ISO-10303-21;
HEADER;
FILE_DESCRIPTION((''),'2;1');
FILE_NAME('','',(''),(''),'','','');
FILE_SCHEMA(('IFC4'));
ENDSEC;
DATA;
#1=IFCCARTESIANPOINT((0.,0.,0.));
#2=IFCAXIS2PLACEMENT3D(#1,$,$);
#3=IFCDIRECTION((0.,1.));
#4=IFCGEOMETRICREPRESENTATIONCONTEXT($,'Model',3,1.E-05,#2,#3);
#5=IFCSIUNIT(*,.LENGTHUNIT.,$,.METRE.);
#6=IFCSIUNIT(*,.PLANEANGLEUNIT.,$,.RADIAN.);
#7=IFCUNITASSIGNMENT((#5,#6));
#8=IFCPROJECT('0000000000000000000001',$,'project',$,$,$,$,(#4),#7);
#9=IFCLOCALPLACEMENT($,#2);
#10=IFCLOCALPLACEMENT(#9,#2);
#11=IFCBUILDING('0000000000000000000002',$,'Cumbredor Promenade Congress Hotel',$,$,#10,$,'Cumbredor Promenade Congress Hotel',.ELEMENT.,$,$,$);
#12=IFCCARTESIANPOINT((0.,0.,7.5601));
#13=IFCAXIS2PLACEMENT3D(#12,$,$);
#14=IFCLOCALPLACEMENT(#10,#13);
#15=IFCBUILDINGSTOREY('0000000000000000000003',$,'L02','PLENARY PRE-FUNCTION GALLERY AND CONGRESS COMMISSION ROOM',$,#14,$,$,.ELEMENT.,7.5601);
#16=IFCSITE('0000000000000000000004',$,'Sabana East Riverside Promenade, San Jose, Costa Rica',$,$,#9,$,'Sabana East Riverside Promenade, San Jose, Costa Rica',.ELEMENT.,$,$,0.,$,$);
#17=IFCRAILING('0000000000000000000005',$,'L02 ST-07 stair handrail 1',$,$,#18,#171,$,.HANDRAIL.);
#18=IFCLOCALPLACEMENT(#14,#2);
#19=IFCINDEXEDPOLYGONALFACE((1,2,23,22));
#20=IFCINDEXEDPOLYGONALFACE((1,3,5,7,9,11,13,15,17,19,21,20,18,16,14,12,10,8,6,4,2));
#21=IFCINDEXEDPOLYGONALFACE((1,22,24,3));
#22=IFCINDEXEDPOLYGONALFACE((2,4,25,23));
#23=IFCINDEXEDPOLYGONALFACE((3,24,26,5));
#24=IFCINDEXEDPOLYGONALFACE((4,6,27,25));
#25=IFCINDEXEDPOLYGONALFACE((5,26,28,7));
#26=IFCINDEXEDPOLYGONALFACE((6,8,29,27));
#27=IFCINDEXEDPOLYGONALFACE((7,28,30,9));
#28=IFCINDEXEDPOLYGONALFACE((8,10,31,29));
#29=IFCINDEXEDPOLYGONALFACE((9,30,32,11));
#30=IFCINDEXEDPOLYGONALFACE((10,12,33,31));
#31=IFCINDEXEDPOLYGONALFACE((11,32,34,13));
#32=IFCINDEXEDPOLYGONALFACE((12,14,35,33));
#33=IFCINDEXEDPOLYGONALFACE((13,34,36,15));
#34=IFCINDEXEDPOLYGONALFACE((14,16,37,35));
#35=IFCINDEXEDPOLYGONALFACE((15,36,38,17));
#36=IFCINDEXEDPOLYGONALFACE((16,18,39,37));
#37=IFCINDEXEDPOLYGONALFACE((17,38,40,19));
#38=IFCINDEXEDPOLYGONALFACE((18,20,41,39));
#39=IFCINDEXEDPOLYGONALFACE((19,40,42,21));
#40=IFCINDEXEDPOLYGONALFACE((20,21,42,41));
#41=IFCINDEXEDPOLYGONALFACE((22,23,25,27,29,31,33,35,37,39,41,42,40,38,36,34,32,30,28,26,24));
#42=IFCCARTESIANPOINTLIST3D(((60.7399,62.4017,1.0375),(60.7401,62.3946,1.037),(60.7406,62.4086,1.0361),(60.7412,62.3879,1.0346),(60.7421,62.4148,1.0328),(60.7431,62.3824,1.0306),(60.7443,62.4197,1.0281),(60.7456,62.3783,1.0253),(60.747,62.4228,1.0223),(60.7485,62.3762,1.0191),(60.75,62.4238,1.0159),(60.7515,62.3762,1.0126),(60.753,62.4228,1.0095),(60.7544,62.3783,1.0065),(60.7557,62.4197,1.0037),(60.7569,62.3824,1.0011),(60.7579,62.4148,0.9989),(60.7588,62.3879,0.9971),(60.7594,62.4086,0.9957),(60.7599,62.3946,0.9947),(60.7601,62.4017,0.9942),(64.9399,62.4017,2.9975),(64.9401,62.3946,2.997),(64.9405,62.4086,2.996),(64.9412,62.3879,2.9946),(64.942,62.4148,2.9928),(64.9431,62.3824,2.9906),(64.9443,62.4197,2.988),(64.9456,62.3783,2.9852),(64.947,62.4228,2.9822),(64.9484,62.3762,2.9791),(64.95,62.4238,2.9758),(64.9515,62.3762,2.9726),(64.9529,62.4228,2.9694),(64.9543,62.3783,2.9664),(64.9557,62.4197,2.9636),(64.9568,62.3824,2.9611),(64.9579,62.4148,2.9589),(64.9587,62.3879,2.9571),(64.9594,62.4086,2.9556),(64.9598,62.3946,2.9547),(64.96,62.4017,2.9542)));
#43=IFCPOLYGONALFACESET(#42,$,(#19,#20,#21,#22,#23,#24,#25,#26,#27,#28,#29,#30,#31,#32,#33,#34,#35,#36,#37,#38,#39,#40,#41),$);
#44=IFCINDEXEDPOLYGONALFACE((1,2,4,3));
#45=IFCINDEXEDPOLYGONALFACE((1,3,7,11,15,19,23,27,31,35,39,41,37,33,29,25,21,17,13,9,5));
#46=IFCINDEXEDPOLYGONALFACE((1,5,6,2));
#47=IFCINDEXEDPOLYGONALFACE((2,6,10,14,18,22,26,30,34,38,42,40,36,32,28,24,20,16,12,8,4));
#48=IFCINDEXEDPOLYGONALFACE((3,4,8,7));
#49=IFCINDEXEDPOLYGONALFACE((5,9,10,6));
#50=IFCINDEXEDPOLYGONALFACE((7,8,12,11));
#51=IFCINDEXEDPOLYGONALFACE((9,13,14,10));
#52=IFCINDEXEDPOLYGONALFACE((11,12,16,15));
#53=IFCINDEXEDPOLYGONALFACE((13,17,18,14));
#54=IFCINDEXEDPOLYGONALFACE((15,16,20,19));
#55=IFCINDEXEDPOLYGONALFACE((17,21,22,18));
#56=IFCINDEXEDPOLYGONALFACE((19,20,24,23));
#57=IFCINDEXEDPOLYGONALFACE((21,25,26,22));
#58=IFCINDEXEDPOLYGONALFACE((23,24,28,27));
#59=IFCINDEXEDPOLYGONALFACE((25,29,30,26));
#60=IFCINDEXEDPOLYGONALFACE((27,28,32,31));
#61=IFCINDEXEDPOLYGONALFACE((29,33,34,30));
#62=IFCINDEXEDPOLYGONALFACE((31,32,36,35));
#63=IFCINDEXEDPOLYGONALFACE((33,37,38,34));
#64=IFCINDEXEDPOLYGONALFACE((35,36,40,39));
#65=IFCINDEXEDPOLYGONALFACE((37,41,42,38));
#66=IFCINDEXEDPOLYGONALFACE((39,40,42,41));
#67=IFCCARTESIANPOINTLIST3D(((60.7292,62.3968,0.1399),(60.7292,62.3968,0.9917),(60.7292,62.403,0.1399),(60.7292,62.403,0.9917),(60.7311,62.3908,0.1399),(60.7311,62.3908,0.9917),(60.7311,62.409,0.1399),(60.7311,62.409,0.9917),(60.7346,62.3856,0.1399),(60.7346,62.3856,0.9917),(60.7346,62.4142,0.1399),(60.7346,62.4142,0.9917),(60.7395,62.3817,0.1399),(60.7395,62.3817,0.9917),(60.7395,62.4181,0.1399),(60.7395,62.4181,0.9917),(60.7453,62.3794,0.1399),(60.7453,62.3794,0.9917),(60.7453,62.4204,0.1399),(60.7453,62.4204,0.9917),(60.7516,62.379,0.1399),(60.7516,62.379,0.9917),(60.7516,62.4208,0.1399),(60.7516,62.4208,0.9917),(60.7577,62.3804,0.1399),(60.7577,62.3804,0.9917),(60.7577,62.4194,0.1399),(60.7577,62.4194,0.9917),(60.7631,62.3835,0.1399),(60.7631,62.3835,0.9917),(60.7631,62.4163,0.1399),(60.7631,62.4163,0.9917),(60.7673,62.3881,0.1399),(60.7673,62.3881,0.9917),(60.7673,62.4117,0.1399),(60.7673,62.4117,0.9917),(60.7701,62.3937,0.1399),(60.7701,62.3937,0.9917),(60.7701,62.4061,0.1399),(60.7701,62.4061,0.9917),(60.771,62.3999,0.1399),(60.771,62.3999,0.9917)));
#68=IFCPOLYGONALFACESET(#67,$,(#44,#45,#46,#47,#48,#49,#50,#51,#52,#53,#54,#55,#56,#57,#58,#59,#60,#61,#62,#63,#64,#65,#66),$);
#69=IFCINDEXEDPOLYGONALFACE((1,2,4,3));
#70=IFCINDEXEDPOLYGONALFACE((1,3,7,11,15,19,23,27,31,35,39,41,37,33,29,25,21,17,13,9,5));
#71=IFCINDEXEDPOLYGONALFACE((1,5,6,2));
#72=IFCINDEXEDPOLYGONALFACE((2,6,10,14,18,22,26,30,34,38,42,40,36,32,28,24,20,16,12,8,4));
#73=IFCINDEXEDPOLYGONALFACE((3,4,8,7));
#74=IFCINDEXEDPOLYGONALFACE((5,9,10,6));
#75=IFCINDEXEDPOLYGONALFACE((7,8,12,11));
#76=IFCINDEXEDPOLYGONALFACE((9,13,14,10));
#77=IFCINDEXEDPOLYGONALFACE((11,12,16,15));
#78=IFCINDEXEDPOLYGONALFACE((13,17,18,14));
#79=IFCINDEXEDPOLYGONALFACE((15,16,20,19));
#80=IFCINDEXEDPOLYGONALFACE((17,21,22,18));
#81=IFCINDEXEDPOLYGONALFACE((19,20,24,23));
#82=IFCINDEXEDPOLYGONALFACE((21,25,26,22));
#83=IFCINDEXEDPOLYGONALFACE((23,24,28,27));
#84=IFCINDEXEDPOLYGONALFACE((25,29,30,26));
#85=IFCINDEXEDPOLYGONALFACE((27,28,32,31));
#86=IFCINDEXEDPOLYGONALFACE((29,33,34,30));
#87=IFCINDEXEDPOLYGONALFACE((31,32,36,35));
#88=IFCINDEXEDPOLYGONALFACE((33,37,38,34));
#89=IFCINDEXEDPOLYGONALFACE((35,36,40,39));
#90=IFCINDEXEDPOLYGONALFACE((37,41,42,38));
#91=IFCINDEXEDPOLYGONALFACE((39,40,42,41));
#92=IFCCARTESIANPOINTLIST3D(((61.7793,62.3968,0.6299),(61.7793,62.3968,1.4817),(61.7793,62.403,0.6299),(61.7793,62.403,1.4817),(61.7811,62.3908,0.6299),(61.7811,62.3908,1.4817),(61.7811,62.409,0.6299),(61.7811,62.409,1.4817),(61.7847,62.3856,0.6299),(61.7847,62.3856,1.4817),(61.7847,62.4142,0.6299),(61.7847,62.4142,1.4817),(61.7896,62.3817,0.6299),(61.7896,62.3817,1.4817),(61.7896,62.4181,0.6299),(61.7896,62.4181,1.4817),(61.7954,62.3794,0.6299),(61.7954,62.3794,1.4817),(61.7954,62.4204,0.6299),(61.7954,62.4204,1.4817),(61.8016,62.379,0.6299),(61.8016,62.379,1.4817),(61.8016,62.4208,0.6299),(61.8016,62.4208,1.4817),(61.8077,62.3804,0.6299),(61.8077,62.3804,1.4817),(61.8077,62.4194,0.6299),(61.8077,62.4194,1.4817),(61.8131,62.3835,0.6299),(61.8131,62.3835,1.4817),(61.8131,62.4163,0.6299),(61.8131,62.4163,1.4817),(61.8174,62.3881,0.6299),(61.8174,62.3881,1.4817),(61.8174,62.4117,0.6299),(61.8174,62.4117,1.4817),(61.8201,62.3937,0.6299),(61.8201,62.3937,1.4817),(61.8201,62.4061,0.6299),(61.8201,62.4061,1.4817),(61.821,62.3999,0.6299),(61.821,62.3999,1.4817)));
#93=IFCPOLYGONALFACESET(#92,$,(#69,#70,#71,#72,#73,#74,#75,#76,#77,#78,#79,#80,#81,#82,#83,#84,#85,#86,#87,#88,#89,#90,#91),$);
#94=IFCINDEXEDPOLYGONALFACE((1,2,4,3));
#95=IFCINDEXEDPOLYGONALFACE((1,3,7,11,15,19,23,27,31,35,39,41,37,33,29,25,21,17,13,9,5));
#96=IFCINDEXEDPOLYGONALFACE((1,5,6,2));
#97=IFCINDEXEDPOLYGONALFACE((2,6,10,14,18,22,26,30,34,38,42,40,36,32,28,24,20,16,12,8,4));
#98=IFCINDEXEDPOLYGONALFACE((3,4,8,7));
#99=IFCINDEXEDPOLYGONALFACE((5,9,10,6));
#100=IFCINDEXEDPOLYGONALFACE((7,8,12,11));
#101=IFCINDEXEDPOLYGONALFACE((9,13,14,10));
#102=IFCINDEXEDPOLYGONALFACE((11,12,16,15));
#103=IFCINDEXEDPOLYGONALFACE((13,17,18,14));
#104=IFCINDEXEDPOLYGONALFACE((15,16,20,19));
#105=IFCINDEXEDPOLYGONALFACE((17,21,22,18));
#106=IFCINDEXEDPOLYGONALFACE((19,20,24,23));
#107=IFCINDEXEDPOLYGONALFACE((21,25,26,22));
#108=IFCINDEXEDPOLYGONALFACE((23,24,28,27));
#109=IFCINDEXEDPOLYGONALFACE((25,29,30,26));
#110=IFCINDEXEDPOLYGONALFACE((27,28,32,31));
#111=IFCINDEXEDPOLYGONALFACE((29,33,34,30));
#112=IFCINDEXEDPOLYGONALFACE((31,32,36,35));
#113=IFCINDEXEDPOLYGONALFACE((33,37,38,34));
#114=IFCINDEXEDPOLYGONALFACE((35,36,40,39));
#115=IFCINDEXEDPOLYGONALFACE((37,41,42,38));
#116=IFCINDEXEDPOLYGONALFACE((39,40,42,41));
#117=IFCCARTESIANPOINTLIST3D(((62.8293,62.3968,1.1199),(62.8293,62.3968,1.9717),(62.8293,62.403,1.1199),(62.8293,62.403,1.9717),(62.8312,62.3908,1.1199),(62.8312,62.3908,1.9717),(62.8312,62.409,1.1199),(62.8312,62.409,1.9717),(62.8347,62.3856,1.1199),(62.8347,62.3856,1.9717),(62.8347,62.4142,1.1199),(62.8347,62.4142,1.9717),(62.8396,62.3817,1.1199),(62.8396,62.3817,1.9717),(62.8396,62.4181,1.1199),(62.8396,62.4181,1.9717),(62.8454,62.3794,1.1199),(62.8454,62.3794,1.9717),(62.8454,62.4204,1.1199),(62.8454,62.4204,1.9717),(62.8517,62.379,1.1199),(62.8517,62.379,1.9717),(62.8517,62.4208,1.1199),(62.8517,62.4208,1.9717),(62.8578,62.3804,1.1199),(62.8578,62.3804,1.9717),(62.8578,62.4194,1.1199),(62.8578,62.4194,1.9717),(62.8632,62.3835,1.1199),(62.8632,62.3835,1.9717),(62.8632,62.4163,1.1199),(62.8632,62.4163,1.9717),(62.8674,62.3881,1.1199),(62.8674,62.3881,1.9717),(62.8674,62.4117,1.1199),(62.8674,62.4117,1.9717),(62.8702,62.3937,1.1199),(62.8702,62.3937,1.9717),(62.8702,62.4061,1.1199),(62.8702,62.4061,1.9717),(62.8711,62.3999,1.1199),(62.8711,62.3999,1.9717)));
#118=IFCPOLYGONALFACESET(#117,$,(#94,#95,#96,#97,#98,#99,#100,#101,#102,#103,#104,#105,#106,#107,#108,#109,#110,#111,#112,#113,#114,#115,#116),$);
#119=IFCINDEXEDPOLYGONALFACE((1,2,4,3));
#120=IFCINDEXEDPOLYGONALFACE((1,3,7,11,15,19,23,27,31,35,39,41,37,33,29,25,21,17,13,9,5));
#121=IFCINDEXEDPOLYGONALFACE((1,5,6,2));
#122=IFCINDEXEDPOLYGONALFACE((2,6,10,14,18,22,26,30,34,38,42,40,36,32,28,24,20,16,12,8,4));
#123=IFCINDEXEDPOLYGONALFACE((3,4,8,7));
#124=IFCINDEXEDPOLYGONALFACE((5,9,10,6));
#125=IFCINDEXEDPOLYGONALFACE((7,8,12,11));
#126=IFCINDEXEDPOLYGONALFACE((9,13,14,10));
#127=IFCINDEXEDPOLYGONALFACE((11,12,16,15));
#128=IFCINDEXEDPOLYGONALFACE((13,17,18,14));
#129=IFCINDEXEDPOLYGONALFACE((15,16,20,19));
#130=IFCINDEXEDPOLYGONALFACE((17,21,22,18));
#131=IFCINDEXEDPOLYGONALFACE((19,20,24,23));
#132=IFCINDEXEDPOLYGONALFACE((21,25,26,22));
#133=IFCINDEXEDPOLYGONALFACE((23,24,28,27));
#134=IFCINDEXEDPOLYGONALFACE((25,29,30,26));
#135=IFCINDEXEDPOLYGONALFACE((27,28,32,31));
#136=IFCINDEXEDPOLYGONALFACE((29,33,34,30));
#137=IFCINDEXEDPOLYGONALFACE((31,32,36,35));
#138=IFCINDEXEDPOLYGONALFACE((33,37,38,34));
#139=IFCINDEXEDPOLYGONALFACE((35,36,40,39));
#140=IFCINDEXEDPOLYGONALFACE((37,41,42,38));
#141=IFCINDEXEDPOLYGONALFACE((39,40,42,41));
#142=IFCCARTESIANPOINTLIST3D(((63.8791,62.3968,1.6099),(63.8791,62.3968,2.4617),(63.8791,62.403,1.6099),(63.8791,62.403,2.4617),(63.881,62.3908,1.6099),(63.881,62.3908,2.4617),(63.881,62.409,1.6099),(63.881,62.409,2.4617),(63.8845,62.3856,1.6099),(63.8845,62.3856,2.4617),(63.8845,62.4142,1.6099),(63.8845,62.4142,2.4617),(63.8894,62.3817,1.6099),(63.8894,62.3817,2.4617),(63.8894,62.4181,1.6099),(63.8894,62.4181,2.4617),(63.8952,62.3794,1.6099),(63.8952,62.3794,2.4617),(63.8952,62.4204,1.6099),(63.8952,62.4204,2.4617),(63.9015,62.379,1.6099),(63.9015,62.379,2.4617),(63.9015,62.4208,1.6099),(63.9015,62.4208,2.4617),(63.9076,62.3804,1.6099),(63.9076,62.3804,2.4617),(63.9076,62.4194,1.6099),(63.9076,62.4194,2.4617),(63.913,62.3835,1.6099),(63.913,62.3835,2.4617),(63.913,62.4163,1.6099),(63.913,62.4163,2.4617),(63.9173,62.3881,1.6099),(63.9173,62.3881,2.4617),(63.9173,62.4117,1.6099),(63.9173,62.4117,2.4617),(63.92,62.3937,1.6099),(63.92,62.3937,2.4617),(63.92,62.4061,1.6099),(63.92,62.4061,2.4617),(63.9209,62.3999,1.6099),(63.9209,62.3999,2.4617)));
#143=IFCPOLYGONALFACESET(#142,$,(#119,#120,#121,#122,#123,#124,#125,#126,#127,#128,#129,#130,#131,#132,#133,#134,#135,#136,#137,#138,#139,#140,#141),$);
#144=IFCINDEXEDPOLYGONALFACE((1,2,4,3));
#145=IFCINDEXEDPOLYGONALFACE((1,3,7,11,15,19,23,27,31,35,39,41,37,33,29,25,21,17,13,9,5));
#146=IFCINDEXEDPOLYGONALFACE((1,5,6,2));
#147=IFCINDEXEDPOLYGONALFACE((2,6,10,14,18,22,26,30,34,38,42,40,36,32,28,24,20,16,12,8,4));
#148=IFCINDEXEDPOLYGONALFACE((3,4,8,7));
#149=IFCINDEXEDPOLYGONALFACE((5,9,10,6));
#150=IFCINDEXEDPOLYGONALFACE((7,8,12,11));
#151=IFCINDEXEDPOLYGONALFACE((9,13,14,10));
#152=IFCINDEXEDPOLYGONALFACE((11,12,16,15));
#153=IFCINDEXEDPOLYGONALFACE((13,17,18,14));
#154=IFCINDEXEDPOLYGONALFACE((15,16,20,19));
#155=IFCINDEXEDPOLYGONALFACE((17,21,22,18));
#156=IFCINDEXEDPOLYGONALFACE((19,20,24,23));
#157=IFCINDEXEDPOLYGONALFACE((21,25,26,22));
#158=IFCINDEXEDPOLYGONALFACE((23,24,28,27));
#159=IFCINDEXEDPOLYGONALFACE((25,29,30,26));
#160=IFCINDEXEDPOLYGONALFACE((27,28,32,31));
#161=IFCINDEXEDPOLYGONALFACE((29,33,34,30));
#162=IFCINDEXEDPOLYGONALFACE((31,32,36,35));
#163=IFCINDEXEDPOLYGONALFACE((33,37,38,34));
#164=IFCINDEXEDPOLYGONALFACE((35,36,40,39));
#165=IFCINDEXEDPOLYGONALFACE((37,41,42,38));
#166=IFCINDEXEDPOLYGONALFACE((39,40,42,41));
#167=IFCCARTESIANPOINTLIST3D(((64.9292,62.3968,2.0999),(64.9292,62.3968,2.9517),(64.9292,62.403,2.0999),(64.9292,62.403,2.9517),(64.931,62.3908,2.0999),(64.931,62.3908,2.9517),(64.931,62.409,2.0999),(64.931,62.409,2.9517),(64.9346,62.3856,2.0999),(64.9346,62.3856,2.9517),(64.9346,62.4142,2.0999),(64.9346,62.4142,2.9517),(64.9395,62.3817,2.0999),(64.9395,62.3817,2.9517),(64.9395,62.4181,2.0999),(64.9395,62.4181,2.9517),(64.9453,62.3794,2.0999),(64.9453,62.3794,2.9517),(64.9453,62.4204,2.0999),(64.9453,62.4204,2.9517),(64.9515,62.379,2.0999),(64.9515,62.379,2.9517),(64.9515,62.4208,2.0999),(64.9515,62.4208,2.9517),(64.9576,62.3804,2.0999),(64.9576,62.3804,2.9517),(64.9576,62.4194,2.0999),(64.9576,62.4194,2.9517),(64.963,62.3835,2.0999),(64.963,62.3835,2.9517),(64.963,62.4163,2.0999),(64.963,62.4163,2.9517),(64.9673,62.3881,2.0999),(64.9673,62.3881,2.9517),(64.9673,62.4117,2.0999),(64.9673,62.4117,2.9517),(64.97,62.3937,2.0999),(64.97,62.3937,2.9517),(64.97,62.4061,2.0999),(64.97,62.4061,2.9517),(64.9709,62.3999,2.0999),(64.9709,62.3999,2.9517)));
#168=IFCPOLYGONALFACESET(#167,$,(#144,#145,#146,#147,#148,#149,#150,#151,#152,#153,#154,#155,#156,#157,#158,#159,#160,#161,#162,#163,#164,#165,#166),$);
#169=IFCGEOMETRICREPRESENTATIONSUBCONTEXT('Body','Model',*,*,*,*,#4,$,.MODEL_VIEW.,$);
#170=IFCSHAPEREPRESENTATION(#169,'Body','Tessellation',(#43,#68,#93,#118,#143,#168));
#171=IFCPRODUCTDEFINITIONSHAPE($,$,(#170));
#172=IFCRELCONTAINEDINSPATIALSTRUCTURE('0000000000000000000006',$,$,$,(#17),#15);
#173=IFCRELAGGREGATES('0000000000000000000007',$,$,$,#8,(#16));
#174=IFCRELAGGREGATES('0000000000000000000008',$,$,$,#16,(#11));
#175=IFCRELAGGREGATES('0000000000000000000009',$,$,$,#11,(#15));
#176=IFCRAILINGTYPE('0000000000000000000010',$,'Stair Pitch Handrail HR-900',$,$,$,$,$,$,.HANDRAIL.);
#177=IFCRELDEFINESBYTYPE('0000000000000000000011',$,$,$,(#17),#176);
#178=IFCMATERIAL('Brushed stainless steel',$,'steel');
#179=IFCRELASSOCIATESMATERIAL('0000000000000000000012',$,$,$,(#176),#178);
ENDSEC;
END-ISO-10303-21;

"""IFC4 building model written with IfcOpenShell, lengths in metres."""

from ifc_helpers import new_model, si_unit, direction, frame, origin, origin_2d, place, context, subcontext, project, spatial, circle, extrude, material, type_object, element, save


model = new_model("IFC4")

# Units and contexts
model_context = context("Model", 3, precision=1e-05, world=origin(), true_north=direction((0.0, 1.0)))
body_context = subcontext(model_context, "Body", "Model", "MODEL_VIEW")
ifc_project = project(units=[si_unit("LENGTHUNIT", "METRE"), si_unit("PLANEANGLEUNIT", "RADIAN")], contexts=[model_context])

# Site, building, storey
site_placement = place(None, origin())
site = spatial("IfcSite", under=ifc_project, at=site_placement, Name="Sabana East Riverside Promenade, San Jose, Costa Rica", LongName="Sabana East Riverside Promenade, San Jose, Costa Rica", CompositionType="ELEMENT", RefElevation=0.0)
building_placement = place(site_placement, origin())
building = spatial("IfcBuilding", under=site, at=building_placement, Name="Cumbredor Promenade Congress Hotel", LongName="Cumbredor Promenade Congress Hotel", CompositionType="ELEMENT")
storey_placement = place(building_placement, frame((0.0, 0.0, 7.5601)))
storey = spatial("IfcBuildingStorey", under=building, at=storey_placement, Name="L02", Description="PLENARY PRE-FUNCTION GALLERY AND CONGRESS COMMISSION ROOM", CompositionType="ELEMENT", Elevation=7.5601)

# Railing
ifc_material_1 = material(Name="Brushed stainless steel", Category="steel")
railing_type_1 = type_object("IfcRailingType", Name="Stair Pitch Handrail HR-900", PredefinedType="HANDRAIL", material=ifc_material_1)
railing_1_placement = place(storey_placement, frame((60.75, 62.3999, 0.1399)))
element("IfcRailing", 1, at=railing_1_placement, inside=storey, type_object=railing_type_1, Name="L02 ST-07 stair handrail 1", PredefinedType="HANDRAIL", context=body_context, shape_type="SweptSolid", body=[
    extrude(circle(Radius=0.0239, at=origin_2d()), frame((0.0, 0.0, 0.876), z_axis=(0.906184, 0.0, 0.422883), x_axis=(0.0, 1.0, 0.0)), (0.0, 0.0, 1.0), 4.6348),
    extrude(circle(Radius=0.021, at=origin_2d()), origin(), (0.0, 0.0, 1.0), 0.8518),
    extrude(circle(Radius=0.021, at=origin_2d()), frame((1.05, 0.0, 0.49)), (0.0, 0.0, 1.0), 0.8518),
    extrude(circle(Radius=0.021, at=origin_2d()), frame((2.1001, 0.0, 0.98)), (0.0, 0.0, 1.0), 0.8518),
    extrude(circle(Radius=0.021, at=origin_2d()), frame((3.1499, 0.0, 1.47)), (0.0, 0.0, 1.0), 0.8518),
    extrude(circle(Radius=0.021, at=origin_2d()), frame((4.2, 0.0, 1.96)), (0.0, 0.0, 1.0), 0.8518),
])

save(model, "model.ifc")
